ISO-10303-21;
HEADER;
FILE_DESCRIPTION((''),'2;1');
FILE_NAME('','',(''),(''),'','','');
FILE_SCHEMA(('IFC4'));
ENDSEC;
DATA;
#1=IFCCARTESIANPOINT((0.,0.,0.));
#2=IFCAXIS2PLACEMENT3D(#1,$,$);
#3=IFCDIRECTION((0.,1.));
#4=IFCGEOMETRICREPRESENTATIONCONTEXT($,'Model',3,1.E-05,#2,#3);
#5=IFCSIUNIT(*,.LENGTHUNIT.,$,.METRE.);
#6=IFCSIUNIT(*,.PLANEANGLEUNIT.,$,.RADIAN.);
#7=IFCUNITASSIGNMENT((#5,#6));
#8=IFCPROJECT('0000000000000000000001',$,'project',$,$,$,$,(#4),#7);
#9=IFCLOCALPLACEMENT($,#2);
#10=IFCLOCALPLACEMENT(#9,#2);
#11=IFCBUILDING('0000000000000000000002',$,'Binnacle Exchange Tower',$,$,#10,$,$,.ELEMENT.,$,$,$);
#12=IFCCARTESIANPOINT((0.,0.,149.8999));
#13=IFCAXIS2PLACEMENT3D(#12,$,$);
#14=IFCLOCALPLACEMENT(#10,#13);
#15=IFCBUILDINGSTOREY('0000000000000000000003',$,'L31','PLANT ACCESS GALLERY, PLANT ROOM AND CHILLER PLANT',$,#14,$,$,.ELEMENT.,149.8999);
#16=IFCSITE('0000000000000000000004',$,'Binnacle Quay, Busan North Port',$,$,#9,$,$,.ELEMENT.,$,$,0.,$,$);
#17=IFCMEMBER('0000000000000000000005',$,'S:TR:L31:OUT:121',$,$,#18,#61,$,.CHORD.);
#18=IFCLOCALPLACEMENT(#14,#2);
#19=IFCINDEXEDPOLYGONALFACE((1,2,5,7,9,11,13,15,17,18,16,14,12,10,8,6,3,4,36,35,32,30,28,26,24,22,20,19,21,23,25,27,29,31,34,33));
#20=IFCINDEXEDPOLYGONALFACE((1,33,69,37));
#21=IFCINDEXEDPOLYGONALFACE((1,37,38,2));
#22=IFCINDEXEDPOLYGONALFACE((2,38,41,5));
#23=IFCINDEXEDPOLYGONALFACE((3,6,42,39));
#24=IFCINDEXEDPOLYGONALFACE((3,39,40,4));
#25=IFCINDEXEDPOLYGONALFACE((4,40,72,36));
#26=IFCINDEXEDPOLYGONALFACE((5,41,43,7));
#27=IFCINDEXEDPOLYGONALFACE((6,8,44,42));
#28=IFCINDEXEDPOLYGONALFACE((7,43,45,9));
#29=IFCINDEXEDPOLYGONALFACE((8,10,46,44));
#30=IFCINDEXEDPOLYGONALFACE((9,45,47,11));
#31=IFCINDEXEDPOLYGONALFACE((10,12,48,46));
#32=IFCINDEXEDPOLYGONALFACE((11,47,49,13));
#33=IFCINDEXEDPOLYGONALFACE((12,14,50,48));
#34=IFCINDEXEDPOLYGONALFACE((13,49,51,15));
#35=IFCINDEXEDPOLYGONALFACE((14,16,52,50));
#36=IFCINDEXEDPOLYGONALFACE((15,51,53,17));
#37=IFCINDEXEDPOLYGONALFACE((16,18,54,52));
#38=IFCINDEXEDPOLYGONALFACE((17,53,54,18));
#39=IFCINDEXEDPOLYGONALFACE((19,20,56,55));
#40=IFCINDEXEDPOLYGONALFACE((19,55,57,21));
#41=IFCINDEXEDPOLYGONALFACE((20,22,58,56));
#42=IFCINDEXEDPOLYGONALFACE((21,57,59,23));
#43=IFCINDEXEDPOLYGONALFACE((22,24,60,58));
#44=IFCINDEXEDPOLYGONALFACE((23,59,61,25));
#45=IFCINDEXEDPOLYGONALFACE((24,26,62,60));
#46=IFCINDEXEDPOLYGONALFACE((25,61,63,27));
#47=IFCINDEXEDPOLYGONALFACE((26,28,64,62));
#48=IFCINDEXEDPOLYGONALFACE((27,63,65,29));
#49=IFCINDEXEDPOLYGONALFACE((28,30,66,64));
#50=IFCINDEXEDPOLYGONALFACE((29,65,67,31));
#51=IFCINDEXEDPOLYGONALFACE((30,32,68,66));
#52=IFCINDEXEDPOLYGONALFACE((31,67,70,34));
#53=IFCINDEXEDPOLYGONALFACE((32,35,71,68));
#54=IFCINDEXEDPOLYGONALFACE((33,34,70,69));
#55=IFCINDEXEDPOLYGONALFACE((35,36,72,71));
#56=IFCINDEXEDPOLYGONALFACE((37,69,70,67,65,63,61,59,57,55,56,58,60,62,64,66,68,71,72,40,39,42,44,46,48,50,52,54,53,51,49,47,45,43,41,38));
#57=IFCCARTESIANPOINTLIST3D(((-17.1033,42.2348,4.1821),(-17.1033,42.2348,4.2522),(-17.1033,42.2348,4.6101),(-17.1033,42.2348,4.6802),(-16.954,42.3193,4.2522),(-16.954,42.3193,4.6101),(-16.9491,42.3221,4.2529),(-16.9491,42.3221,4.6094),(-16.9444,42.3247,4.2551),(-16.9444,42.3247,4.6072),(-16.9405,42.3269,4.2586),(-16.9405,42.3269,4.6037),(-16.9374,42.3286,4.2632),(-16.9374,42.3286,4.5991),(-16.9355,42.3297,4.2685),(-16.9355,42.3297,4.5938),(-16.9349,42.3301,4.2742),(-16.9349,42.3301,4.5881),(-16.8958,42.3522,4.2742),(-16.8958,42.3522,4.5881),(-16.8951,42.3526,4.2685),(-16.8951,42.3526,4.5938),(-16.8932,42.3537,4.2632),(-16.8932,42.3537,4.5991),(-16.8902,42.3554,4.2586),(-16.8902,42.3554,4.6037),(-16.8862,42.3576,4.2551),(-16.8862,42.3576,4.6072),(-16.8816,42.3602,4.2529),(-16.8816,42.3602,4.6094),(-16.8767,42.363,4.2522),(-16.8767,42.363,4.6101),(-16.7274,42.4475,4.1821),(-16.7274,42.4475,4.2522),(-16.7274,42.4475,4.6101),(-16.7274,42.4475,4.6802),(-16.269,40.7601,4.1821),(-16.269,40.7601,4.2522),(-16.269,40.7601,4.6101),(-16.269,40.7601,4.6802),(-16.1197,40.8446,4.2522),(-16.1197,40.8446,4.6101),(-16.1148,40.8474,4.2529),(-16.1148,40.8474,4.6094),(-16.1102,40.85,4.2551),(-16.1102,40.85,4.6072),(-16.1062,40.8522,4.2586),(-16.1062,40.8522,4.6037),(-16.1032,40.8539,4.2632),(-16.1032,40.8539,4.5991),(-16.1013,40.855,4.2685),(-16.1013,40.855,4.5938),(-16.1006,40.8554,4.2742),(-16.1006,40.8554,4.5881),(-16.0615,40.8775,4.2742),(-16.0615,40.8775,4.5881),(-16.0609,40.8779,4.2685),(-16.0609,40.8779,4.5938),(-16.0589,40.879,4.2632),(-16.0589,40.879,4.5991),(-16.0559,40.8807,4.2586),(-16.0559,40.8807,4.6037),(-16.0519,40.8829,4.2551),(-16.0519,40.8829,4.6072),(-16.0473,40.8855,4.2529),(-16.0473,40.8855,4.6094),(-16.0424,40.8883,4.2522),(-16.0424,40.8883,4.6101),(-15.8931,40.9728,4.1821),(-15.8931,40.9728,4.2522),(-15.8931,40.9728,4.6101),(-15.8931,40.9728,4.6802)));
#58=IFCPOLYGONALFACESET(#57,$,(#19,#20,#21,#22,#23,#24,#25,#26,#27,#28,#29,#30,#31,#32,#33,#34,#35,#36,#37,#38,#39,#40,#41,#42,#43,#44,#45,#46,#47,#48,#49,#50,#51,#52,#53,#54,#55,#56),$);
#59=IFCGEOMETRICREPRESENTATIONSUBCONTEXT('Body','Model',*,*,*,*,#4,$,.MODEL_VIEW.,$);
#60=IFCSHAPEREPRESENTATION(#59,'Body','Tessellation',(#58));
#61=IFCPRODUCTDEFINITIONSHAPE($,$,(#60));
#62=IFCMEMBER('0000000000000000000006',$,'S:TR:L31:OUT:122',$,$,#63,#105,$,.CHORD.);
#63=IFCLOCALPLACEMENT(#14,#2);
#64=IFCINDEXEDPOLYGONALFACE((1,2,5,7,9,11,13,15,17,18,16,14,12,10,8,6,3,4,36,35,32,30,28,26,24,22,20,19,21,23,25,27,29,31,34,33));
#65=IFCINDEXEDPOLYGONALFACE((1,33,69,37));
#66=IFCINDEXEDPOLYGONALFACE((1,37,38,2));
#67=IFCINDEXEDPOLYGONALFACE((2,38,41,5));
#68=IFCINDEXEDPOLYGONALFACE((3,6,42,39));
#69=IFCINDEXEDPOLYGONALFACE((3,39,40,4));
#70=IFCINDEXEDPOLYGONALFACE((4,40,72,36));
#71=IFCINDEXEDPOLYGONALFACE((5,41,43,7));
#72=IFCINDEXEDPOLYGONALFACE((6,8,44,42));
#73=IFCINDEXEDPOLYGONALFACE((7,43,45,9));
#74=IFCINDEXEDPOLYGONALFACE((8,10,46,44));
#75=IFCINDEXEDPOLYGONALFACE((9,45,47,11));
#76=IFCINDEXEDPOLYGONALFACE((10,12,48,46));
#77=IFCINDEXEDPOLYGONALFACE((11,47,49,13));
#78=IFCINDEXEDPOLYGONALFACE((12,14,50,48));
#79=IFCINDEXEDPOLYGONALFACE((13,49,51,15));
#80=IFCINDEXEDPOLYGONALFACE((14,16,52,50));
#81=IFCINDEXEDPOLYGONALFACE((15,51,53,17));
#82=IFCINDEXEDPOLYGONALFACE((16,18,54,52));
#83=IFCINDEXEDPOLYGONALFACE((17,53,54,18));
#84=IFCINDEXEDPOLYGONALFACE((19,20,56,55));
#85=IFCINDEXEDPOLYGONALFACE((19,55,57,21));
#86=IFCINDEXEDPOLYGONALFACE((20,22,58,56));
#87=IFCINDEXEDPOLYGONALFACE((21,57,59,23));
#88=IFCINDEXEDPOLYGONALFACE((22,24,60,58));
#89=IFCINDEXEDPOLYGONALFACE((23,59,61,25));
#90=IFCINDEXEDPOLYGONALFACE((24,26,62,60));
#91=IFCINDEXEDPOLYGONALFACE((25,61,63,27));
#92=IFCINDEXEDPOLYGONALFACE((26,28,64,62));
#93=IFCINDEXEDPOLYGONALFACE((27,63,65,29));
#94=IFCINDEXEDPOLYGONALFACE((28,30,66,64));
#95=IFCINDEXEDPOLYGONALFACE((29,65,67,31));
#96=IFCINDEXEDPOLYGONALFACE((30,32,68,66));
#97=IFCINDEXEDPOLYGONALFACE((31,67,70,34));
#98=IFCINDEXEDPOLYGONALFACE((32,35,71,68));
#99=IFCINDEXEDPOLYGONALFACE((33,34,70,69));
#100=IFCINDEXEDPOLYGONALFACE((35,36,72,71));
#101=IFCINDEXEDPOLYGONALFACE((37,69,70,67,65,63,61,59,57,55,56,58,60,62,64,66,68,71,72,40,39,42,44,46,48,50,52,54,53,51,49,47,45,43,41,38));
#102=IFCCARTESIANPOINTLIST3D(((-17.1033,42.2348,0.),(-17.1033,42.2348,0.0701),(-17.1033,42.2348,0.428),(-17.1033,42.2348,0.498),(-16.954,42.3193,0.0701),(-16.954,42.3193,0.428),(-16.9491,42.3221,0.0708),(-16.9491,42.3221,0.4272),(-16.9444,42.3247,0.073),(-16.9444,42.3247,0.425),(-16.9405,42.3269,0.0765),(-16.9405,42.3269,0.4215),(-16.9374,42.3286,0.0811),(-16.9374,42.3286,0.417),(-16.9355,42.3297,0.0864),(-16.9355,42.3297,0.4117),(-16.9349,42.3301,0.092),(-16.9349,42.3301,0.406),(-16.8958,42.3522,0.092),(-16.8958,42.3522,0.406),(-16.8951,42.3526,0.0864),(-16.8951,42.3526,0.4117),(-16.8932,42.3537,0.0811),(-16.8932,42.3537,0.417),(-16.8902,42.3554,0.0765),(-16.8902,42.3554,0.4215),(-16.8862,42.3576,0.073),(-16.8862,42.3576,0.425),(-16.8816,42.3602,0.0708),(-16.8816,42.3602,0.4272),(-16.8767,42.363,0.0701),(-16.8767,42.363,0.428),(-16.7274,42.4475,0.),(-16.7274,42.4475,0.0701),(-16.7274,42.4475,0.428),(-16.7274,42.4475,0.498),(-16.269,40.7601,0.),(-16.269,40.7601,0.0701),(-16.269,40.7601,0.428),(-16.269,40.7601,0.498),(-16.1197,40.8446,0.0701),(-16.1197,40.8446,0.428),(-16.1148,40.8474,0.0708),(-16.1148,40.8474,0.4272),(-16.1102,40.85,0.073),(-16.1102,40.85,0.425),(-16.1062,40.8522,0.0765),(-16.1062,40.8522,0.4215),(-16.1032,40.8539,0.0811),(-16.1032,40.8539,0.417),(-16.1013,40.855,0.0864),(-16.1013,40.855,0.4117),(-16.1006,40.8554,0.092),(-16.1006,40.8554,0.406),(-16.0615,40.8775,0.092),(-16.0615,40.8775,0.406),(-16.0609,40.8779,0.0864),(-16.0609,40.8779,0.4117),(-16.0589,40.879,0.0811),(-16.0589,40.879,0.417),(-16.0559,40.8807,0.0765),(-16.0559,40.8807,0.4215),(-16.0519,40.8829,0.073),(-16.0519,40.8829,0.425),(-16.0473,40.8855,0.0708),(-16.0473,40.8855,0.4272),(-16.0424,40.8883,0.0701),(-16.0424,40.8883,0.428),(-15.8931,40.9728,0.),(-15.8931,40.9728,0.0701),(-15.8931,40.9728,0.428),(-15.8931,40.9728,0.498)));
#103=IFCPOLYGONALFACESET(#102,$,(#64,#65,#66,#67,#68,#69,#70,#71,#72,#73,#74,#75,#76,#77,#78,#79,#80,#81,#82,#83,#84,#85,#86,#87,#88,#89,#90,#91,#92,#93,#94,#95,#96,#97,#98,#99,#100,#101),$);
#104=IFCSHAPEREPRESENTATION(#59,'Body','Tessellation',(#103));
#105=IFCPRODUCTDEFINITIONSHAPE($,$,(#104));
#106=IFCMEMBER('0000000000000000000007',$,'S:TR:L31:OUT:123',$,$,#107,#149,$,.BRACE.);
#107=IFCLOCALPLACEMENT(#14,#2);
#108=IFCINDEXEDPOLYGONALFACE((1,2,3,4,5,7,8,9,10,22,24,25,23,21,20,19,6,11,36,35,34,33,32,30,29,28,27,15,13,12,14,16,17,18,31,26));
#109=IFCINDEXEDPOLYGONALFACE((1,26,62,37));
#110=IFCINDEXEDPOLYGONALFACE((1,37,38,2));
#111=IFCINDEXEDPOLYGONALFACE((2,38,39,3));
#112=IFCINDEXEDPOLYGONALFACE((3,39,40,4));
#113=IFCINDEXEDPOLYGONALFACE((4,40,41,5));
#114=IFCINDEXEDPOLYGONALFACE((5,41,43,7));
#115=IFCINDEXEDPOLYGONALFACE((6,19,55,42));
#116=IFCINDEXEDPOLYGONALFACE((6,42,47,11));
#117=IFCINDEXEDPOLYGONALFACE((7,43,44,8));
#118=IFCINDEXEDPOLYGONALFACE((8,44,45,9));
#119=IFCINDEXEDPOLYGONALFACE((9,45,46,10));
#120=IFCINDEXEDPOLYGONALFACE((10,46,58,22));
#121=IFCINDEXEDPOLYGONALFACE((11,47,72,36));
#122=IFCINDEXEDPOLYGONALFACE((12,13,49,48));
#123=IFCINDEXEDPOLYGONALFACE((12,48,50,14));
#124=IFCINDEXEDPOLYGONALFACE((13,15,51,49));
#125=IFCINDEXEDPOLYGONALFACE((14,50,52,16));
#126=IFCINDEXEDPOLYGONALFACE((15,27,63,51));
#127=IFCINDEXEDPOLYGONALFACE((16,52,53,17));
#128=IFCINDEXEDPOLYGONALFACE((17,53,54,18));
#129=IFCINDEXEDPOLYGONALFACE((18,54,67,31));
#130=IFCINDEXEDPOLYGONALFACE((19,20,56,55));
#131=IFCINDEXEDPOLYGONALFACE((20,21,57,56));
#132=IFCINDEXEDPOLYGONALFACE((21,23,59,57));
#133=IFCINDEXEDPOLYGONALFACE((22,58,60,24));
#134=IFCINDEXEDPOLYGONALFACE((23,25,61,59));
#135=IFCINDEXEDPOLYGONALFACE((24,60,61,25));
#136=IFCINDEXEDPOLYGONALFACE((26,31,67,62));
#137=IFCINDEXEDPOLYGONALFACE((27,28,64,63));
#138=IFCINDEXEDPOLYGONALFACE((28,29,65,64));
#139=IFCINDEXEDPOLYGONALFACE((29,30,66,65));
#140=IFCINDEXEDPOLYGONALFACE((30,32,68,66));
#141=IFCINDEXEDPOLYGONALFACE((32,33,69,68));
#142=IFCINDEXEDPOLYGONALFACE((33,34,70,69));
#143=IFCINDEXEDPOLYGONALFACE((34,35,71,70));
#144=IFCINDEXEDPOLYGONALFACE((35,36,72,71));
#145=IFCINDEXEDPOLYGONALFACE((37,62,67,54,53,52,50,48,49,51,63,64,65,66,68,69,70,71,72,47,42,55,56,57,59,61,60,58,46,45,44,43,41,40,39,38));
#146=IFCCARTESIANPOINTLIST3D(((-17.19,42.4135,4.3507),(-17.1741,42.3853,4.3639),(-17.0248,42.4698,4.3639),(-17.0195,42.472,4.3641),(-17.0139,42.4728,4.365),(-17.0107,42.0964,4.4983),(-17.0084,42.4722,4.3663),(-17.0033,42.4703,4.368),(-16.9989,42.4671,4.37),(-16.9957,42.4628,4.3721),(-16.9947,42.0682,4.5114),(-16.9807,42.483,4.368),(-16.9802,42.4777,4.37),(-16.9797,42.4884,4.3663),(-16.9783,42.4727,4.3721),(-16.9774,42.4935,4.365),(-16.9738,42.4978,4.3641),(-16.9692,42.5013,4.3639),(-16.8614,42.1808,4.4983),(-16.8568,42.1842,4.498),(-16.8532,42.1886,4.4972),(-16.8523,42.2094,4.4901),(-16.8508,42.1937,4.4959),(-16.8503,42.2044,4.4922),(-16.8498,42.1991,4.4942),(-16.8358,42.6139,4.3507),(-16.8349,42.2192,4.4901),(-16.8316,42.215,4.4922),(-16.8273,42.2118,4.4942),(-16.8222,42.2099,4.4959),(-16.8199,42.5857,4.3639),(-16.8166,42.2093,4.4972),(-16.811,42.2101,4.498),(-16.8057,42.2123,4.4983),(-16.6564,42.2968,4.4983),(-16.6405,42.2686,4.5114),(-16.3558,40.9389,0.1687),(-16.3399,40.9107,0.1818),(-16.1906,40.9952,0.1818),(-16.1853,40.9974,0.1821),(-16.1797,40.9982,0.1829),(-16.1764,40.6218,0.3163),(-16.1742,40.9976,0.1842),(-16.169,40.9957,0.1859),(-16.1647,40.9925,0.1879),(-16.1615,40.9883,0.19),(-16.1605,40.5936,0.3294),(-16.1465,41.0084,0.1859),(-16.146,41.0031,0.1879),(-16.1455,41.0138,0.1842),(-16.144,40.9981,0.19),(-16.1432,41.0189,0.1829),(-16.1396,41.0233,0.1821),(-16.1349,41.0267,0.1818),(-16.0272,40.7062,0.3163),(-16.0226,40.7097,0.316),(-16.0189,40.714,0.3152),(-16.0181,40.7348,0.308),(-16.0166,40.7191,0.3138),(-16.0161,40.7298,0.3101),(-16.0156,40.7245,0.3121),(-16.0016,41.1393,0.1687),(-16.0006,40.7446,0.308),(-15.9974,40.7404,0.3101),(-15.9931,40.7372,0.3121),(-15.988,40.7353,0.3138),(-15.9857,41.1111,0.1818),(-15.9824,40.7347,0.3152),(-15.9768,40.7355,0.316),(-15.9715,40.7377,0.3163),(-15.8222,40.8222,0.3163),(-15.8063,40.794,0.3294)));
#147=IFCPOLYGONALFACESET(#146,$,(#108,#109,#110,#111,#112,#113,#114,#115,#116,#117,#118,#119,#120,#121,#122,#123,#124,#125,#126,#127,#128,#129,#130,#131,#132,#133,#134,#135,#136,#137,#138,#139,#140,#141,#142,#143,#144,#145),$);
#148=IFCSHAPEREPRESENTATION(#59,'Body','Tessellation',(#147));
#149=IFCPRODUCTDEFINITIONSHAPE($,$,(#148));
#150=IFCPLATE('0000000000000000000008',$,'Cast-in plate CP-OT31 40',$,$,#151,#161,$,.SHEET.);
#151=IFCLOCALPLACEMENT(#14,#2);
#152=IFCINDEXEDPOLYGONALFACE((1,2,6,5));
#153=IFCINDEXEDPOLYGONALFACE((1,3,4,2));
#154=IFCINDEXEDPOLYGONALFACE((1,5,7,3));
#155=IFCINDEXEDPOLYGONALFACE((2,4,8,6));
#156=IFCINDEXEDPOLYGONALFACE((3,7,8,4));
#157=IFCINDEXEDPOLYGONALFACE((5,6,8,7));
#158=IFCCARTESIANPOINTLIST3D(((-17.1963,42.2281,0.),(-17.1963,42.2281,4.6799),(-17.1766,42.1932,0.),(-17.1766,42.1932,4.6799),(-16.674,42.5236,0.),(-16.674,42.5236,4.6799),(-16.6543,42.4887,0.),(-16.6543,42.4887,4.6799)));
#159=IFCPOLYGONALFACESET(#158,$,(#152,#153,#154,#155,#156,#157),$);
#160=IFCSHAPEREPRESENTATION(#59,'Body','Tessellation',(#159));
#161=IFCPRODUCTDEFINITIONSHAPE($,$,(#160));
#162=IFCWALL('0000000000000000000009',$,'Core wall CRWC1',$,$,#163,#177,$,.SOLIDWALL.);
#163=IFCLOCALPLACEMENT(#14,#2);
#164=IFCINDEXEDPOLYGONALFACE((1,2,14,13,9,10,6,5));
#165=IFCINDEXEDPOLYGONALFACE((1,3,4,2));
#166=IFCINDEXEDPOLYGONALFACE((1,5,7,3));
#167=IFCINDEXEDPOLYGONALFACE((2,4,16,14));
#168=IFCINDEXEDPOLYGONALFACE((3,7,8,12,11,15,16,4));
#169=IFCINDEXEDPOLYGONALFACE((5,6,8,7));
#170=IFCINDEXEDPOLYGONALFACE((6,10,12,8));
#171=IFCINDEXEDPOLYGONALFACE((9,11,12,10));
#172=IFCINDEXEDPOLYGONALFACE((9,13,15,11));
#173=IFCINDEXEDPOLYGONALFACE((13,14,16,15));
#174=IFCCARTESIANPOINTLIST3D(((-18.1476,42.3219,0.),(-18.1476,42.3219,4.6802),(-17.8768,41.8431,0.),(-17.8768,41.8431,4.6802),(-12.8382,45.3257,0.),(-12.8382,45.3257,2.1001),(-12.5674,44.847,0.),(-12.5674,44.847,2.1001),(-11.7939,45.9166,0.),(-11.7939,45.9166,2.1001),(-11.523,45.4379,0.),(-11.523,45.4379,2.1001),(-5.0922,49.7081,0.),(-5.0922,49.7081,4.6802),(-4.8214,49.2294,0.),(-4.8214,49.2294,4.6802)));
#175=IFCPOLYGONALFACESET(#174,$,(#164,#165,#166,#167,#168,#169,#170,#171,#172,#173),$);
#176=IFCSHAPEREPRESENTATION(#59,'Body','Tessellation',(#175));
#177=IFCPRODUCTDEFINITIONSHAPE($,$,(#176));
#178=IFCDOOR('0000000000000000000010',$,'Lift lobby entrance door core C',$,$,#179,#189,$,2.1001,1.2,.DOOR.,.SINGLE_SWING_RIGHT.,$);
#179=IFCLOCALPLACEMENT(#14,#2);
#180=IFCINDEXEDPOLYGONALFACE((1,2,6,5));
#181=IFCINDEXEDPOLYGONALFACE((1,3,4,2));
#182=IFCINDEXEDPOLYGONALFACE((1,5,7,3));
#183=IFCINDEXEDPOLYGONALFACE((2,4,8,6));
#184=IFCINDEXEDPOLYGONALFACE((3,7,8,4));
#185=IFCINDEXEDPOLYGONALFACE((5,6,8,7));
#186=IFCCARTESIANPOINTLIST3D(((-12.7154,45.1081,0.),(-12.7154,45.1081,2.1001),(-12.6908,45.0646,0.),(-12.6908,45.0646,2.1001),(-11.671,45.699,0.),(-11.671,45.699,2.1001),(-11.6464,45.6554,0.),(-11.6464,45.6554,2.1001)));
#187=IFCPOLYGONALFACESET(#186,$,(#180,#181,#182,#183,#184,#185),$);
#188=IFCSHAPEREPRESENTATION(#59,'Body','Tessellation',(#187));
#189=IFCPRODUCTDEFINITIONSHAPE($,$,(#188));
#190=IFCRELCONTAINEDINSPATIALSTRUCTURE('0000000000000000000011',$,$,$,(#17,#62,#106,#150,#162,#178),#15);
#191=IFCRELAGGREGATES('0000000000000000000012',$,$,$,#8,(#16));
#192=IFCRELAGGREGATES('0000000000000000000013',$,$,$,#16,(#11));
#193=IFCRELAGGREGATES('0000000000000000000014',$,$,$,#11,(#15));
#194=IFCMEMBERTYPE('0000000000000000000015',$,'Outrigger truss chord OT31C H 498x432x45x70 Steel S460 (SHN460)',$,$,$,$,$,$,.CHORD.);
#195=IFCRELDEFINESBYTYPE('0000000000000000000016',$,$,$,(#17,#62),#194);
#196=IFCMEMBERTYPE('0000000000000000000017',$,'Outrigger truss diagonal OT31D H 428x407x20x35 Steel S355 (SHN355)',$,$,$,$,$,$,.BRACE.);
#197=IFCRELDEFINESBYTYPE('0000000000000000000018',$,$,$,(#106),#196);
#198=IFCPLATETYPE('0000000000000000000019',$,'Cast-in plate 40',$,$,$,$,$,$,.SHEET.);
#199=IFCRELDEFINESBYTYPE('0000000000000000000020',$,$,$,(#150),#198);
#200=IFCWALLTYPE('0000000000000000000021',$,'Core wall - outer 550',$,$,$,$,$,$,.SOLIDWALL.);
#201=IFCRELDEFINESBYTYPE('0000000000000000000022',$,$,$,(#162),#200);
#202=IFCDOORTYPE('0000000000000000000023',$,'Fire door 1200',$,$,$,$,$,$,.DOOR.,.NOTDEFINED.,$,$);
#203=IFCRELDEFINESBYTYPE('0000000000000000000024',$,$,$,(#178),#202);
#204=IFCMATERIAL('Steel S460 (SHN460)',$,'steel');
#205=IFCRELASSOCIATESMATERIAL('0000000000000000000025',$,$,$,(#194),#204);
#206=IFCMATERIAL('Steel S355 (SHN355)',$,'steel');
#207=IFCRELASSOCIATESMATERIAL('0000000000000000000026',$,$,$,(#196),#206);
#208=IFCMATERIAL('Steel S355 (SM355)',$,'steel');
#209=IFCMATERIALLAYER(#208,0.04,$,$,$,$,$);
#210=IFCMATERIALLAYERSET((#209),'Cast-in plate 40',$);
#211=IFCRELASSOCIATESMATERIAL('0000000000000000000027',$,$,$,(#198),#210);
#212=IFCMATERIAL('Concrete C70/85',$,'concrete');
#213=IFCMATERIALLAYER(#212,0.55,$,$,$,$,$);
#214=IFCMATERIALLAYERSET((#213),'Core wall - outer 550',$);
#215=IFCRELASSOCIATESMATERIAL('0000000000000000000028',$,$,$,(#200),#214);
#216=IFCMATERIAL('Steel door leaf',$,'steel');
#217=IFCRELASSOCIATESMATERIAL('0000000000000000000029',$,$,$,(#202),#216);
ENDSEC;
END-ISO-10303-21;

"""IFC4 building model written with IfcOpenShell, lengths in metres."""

from ifc_helpers import new_model, si_unit, direction, frame, frame_2d, origin, origin_2d, place, context, subcontext, project, spatial, rectangle, i_section, extrude, material, layer, layer_set, material_profile, profile_set, type_object, element, fill, save


model = new_model("IFC4")

# Units and contexts
model_context = context("Model", 3, precision=1e-05, world=origin(), true_north=direction((0.0, 1.0)))
body_context = subcontext(model_context, "Body", "Model", "MODEL_VIEW")
ifc_project = project(units=[si_unit("LENGTHUNIT", "METRE"), si_unit("PLANEANGLEUNIT", "RADIAN")], contexts=[model_context])

# Site, building, storey
site_placement = place(None, origin())
site = spatial("IfcSite", under=ifc_project, at=site_placement, Name="Binnacle Quay, Busan North Port", CompositionType="ELEMENT", RefElevation=0.0)
building_placement = place(site_placement, origin())
building = spatial("IfcBuilding", under=site, at=building_placement, Name="Binnacle Exchange Tower", CompositionType="ELEMENT")
storey_placement = place(building_placement, frame((0.0, 0.0, 149.8999)))
storey = spatial("IfcBuildingStorey", under=building, at=storey_placement, Name="L31", Description="PLANT ACCESS GALLERY, PLANT ROOM AND CHILLER PLANT", CompositionType="ELEMENT", Elevation=149.8999)

# Shared definitions
ifc_material_1 = material(Name="Concrete C70/85", Category="concrete")

# Shared definitions
ifc_material_2 = material(Name="Steel S460 (SHN460)", Category="steel")
ifc_material_3 = material(Name="Steel S355 (SHN355)", Category="steel")

# Members
ifc_material_profile_1 = material_profile(ifc_material_2, i_section(OverallWidth=0.4319, OverallDepth=0.498, WebThickness=0.0449, FlangeThickness=0.0701, FilletRadius=0.022, at=origin_2d()), Name="H 498x432x45x70")
ifc_profile_set_1 = profile_set([ifc_material_profile_1], Name="Steel S460 (SHN460)")
member_type_1 = type_object("IfcMemberType", Name="Outrigger truss chord OT31C H 498x432x45x70 Steel S460 (SHN460)", PredefinedType="CHORD", material=ifc_profile_set_1)
for number, where, z_axis, x_axis, name in (
    (1, (-16.0811, 40.8665, 4.4312), (-0.492394, 0.870372, 0.0), (-0.870372, -0.492394, 0.0), "S:TR:L31:OUT:121"),
    (2, (-16.0811, 40.8665, 0.249), (-0.492394, 0.870372, 0.0), (-0.870372, -0.492394, 0.0), "S:TR:L31:OUT:122"),
):
    element("IfcMember", number, at=place(storey_placement, frame(where, z_axis=z_axis, x_axis=x_axis)), inside=storey, type_object=member_type_1, Name=name, PredefinedType="CHORD", context=body_context, shape_type="SweptSolid", body=[
        extrude(i_section(OverallWidth=0.4319, OverallDepth=0.498, WebThickness=0.0449, FlangeThickness=0.0701, FilletRadius=0.022, at=origin_2d()), origin(), (0.0, 0.0, 1.0), 1.6943),
    ])
ifc_material_profile_2 = material_profile(ifc_material_3, i_section(OverallWidth=0.407, OverallDepth=0.428, WebThickness=0.02, FlangeThickness=0.0349, FilletRadius=0.022, at=origin_2d()), Name="H 428x407x20x35")
ifc_profile_set_2 = profile_set([ifc_material_profile_2], Name="Steel S355 (SHN355)")
member_type_2 = type_object("IfcMemberType", Name="Outrigger truss diagonal OT31D H 428x407x20x35 Steel S355 (SHN355)", PredefinedType="BRACE", material=ifc_profile_set_2)
member_1_placement = place(storey_placement, frame((-16.0811, 40.8665, 0.249), z_axis=(-0.18488, 0.3268, 0.926834), x_axis=(-0.870372, -0.492394, 0.0)))
element("IfcMember", 3, at=member_1_placement, inside=storey, type_object=member_type_2, Name="S:TR:L31:OUT:123", PredefinedType="BRACE", context=body_context, shape_type="SweptSolid", body=[
    extrude(i_section(OverallWidth=0.407, OverallDepth=0.428, WebThickness=0.02, FlangeThickness=0.0349, FilletRadius=0.022, at=origin_2d()), origin(), (0.0, 0.0, 1.0), 4.5122),
])

# Plate
ifc_material_4 = material(Name="Steel S355 (SM355)", Category="steel")
ifc_layer_1 = layer(ifc_material_4, 0.04)
ifc_layer_set_1 = layer_set([ifc_layer_1], Name="Cast-in plate 40")
plate_type = type_object("IfcPlateType", Name="Cast-in plate 40", PredefinedType="SHEET", material=ifc_layer_set_1)
plate_placement = place(storey_placement, frame((-16.9253, 42.3584, 0.0), z_axis=(0.0, 0.0, 1.0), x_axis=(-0.492424, 0.870356, 0.0)))
element("IfcPlate", 4, at=plate_placement, inside=storey, type_object=plate_type, Name="Cast-in plate CP-OT31 40", PredefinedType="SHEET", context=body_context, shape_type="SweptSolid", body=[
    extrude(rectangle(XDim=0.04, YDim=0.6001, at=origin_2d()), origin(), (0.0, 0.0, 1.0), 4.6799),
])

# Wall, opening, door
ifc_layer_2 = layer(ifc_material_1, 0.55)
ifc_layer_set_2 = layer_set([ifc_layer_2], Name="Core wall - outer 550")
wall_type_1 = type_object("IfcWallType", Name="Core wall - outer 550", PredefinedType="SOLIDWALL", material=ifc_layer_set_2)
wall_1_placement = place(storey_placement, frame((-18.0122, 42.0825, 0.0), z_axis=(0.0, 0.0, 1.0), x_axis=(0.870361, 0.492415, 0.0)))
wall_1 = element("IfcWall", 5, at=wall_1_placement, inside=storey, type_object=wall_type_1, Name="Core wall CRWC1", PredefinedType="SOLIDWALL", context=body_context, shape_type="SweptSolid", body=[
    extrude(rectangle(XDim=15.0, YDim=0.55, at=frame_2d((7.5, 0.0))), origin(), (0.0, 0.0, 1.0), 4.6802),
])
opening_placement = place(wall_1_placement, frame((6.1001, 0.0, 0.0)))
opening = element("IfcOpeningElement", 6, at=opening_placement, cuts=wall_1, PredefinedType="OPENING", context=body_context, shape_type="SweptSolid", body=[
    extrude(rectangle(XDim=1.2, YDim=2.1001, at=frame_2d((0.6001, 1.05))), frame((0.0, 0.2849, 0.0), z_axis=(0.0, -1.0, 0.0), x_axis=(1.0, 0.0, 0.0)), (0.0, 0.0, 1.0), 0.5701),
])
ifc_material_5 = material(Name="Steel door leaf", Category="steel")
door_type = type_object("IfcDoorType", Name="Fire door 1200", OperationType="NOTDEFINED", PredefinedType="DOOR", material=ifc_material_5)
door_placement = place(opening_placement, frame((1.2, 0.0, 0.0), z_axis=(0.0, 0.0, 1.0), x_axis=(-1.0, 0.0, 0.0)))
door = element("IfcDoor", 7, at=door_placement, inside=storey, type_object=door_type, Name="Lift lobby entrance door core C", OperationType="SINGLE_SWING_RIGHT", OverallHeight=2.1001, OverallWidth=1.2, PredefinedType="DOOR", context=body_context, shape_type="SweptSolid", body=[
    extrude(rectangle(XDim=1.2, YDim=2.1001, at=frame_2d((0.6001, 1.05))), frame((0.0, 0.0249, 0.0), z_axis=(0.0, -1.0, 0.0), x_axis=(1.0, 0.0, 0.0)), (0.0, 0.0, 1.0), 0.05),
])
fill(opening, door)

save(model, "model.ifc")
